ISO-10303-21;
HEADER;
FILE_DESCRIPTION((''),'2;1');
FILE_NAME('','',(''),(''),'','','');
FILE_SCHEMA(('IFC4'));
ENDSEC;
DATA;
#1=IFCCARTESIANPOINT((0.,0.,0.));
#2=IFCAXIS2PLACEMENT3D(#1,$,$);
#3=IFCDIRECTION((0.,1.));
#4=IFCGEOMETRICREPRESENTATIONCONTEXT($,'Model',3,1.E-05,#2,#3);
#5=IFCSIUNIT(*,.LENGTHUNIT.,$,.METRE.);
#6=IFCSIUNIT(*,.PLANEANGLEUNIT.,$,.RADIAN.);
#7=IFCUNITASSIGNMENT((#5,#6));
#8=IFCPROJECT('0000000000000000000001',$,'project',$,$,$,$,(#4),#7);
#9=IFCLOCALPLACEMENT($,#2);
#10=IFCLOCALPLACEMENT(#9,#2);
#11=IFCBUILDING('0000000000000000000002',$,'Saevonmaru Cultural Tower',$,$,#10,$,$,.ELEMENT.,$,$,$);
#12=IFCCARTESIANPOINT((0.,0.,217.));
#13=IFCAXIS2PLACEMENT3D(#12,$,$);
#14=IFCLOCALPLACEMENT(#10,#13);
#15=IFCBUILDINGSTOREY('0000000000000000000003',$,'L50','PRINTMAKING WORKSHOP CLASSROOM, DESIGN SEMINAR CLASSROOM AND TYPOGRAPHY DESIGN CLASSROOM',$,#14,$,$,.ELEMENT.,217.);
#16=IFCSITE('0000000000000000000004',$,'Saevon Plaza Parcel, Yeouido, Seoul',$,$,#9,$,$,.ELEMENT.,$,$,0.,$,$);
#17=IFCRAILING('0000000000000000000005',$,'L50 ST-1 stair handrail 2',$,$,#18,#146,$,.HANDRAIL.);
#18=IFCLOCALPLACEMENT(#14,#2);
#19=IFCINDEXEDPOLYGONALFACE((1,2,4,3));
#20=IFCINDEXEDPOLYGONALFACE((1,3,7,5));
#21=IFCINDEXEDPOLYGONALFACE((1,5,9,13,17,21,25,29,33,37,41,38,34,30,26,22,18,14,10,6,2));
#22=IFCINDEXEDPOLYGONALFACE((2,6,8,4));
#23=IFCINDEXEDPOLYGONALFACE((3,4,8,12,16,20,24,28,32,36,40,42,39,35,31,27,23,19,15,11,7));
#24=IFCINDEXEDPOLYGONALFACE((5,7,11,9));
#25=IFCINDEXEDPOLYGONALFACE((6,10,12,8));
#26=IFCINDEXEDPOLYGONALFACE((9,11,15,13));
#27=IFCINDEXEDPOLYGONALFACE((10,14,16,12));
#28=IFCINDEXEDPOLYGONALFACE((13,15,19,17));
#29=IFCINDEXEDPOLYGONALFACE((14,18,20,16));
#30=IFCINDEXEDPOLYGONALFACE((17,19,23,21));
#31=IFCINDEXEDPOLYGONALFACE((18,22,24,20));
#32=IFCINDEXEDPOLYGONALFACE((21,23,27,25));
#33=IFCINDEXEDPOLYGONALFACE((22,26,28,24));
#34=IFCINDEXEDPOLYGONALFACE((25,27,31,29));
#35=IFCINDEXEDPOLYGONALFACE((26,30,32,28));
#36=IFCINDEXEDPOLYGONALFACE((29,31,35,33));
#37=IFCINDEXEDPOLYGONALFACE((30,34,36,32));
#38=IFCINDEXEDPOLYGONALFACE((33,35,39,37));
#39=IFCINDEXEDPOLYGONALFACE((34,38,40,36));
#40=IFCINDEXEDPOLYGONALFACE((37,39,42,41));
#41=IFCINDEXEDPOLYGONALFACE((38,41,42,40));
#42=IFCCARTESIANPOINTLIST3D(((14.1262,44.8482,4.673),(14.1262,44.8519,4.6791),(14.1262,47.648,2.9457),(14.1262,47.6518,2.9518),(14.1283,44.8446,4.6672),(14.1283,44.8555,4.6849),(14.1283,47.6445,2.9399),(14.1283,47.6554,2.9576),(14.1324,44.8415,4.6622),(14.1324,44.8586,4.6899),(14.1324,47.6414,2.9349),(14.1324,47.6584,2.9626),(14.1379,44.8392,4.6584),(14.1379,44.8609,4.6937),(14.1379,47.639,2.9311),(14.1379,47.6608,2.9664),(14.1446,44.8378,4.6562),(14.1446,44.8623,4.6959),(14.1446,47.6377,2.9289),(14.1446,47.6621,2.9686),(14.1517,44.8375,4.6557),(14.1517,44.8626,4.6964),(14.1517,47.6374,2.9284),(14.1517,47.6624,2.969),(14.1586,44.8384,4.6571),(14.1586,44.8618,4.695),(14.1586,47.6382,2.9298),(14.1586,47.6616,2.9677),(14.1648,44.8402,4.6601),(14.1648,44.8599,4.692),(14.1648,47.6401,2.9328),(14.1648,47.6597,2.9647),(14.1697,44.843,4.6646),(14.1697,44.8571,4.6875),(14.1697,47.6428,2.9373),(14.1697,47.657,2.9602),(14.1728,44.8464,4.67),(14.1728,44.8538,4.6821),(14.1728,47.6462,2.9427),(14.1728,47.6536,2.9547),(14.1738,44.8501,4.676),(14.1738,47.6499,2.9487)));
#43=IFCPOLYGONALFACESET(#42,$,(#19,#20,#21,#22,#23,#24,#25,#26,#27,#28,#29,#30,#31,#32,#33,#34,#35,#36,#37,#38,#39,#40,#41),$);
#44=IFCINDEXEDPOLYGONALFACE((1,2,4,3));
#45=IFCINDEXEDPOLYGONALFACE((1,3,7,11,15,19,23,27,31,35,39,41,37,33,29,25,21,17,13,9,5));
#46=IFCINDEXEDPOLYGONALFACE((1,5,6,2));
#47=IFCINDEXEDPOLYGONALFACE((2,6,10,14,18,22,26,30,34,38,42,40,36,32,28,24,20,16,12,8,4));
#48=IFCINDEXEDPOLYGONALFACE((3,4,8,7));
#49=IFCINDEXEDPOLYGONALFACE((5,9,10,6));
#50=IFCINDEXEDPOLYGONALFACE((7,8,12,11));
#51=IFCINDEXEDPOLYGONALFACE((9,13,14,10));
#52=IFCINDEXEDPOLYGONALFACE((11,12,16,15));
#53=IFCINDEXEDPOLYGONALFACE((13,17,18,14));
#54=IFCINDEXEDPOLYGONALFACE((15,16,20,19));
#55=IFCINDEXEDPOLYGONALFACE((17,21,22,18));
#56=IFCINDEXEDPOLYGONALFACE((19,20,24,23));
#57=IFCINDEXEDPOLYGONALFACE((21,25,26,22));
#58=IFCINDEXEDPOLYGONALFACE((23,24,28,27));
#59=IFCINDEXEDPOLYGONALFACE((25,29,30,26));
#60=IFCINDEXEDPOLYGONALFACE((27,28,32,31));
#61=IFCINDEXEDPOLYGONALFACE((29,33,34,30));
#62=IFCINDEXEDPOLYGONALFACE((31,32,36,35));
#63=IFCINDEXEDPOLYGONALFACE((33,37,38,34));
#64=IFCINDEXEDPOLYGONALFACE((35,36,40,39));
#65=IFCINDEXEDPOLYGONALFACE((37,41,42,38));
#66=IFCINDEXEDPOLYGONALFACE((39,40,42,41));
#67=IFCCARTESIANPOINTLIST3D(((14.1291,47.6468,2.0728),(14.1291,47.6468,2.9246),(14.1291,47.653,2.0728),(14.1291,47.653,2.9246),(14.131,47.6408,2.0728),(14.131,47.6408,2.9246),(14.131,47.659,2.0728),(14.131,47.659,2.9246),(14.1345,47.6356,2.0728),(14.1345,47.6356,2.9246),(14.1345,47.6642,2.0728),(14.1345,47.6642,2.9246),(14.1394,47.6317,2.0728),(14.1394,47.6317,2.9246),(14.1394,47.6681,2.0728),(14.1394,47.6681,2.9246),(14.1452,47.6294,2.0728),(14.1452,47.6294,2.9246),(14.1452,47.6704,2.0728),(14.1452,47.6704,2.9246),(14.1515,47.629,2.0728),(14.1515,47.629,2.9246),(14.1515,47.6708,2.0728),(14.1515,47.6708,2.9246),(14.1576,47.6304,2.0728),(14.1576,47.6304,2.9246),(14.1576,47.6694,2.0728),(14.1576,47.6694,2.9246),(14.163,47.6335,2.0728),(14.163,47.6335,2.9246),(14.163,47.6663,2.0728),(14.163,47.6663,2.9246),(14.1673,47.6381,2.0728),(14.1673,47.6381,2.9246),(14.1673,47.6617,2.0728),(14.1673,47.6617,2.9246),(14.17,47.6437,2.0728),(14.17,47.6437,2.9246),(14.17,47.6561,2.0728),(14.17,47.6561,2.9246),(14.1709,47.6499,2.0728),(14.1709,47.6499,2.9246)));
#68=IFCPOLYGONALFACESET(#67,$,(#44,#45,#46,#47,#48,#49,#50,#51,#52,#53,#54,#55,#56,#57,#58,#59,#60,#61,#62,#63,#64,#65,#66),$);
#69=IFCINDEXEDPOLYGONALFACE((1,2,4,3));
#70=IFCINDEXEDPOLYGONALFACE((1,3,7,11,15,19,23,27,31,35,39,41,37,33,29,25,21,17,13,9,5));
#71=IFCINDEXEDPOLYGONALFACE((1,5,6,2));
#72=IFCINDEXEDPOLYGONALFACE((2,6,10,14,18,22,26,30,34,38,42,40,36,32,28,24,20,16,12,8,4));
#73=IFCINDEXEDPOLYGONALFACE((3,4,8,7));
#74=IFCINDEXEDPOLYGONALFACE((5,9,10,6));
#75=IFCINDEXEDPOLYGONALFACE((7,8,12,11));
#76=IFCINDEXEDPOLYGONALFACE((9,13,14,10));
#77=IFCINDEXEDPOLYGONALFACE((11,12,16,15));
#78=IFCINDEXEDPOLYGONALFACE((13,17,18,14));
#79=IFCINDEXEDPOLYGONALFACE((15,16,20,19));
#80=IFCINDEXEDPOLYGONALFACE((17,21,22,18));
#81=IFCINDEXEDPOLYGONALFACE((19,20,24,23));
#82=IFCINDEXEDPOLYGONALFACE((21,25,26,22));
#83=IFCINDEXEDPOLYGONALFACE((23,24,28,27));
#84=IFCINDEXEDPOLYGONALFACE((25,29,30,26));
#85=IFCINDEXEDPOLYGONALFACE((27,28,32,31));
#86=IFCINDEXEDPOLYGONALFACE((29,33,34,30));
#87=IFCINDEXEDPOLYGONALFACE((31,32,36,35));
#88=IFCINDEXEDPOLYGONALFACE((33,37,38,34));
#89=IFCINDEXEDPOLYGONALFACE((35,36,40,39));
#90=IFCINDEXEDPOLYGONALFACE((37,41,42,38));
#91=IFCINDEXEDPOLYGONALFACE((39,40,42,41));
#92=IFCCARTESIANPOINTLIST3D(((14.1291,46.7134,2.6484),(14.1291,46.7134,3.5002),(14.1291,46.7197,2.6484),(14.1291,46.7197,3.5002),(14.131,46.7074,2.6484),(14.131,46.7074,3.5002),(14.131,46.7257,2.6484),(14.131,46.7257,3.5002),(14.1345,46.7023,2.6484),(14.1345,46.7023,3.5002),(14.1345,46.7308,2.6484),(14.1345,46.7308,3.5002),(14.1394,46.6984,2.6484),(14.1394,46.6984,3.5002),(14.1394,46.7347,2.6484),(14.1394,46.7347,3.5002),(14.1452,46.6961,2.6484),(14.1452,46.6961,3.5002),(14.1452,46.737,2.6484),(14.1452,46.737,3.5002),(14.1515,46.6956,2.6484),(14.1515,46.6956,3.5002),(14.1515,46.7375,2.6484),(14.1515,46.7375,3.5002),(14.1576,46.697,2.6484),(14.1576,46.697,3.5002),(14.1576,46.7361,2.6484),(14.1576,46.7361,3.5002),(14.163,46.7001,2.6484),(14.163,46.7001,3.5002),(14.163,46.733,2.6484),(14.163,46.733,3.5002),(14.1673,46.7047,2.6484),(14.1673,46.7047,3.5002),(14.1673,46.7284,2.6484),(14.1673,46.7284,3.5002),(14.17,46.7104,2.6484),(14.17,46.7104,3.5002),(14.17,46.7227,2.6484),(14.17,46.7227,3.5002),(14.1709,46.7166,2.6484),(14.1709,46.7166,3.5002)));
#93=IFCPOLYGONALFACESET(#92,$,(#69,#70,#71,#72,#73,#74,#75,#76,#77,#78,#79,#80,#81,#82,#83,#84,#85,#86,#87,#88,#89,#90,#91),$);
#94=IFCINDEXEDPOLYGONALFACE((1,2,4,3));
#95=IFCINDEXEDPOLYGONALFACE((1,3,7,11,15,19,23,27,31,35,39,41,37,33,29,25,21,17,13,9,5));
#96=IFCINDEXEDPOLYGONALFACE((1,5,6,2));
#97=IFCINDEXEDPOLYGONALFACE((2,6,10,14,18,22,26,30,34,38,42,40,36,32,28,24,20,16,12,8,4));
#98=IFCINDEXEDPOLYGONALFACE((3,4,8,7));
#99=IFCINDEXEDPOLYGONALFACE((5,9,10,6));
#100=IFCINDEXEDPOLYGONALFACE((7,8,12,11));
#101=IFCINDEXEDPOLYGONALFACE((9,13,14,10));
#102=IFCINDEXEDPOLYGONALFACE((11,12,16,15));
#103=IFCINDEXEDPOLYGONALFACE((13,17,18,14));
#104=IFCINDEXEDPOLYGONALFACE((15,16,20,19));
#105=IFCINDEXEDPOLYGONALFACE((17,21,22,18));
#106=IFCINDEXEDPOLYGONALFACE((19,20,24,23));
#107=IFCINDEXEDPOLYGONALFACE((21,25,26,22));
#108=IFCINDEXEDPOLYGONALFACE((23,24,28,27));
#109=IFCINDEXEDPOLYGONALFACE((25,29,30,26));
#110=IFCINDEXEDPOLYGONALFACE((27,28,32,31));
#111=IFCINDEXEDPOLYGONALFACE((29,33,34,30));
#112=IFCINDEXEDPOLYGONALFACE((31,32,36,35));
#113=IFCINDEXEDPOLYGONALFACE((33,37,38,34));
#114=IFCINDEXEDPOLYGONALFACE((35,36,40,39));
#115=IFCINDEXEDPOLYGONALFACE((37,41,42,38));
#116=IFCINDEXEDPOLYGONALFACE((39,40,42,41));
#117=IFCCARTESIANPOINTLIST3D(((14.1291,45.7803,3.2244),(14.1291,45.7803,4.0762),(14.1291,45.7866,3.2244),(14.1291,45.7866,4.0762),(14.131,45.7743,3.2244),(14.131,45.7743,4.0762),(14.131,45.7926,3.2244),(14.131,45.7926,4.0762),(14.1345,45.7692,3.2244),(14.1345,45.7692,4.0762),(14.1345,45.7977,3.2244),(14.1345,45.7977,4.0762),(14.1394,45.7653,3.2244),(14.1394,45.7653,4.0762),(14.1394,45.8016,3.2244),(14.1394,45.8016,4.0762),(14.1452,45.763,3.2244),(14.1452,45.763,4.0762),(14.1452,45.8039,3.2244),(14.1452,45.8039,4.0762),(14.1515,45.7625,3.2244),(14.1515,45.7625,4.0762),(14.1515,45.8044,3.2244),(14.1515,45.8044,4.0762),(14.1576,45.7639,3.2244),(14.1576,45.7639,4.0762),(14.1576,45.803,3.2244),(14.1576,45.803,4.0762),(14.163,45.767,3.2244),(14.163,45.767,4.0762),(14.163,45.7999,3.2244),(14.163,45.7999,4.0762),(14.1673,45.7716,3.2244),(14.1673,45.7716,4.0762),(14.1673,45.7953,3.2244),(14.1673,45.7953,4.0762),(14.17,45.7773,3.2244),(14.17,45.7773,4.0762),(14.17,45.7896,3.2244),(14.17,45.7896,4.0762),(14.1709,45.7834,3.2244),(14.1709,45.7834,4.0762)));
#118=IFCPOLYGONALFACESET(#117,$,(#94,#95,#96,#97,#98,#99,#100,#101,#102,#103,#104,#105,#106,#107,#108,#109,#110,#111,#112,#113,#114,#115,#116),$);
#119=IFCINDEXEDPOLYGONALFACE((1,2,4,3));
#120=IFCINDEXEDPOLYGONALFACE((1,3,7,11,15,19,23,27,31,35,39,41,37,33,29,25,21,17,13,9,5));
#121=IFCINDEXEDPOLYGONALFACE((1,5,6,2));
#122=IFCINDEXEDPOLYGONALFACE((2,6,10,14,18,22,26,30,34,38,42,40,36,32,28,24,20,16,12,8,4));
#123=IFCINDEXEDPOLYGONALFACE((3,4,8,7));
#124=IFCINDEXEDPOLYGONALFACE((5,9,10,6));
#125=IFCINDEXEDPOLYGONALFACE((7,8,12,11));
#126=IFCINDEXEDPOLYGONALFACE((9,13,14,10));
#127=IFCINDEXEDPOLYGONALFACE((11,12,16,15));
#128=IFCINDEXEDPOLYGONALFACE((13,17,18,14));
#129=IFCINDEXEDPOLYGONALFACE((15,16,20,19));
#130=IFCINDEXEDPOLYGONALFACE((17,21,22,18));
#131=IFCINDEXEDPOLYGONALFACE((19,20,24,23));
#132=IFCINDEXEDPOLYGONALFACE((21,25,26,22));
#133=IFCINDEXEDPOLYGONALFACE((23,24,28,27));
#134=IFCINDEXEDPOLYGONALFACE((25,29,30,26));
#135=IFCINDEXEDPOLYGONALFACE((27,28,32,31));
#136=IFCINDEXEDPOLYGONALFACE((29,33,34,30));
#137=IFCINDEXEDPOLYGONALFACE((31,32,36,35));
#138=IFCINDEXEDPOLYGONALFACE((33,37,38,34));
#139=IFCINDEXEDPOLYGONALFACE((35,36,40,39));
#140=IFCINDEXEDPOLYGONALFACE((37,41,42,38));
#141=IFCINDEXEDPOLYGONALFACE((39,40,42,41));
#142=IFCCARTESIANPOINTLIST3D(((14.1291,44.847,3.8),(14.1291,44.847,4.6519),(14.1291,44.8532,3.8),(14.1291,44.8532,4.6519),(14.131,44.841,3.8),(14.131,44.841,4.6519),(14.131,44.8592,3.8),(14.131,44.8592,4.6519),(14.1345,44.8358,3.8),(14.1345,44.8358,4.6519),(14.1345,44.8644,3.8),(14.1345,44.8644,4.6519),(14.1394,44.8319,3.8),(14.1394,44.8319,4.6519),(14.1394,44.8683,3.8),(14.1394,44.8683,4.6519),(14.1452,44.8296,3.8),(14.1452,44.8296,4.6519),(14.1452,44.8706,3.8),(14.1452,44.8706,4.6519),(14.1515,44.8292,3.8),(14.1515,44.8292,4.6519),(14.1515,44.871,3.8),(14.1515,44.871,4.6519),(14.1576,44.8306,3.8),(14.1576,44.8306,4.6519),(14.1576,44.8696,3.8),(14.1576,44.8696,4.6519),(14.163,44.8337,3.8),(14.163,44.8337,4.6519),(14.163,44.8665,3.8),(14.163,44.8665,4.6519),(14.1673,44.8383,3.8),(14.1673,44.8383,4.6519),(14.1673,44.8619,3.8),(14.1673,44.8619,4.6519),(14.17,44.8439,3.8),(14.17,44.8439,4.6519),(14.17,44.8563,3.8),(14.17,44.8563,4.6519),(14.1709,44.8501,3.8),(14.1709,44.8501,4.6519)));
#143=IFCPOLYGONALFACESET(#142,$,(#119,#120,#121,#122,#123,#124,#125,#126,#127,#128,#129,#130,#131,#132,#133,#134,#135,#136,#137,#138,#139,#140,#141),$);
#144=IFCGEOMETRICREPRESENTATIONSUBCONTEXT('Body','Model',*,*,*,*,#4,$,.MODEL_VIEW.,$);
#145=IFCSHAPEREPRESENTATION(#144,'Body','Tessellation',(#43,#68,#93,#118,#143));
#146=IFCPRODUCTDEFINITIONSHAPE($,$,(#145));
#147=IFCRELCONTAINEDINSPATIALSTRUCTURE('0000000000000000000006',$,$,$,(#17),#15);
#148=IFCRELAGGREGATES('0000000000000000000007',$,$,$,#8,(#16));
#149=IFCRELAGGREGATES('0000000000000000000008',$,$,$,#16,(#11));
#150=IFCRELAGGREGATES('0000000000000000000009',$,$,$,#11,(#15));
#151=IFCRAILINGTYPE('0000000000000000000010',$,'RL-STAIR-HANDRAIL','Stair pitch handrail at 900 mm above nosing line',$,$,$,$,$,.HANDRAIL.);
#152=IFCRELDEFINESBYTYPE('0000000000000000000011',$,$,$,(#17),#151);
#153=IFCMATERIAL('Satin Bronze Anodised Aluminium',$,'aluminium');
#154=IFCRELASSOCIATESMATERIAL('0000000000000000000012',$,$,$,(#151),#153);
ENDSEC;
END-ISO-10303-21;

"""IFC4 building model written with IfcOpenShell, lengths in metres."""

from ifc_helpers import new_model, si_unit, direction, frame, origin, origin_2d, place, context, subcontext, project, spatial, circle, extrude, material, type_object, element, save


model = new_model("IFC4")

# Units and contexts
model_context = context("Model", 3, precision=1e-05, world=origin(), true_north=direction((0.0, 1.0)))
body_context = subcontext(model_context, "Body", "Model", "MODEL_VIEW")
ifc_project = project(units=[si_unit("LENGTHUNIT", "METRE"), si_unit("PLANEANGLEUNIT", "RADIAN")], contexts=[model_context])

# Site, building, storey
site_placement = place(None, origin())
site = spatial("IfcSite", under=ifc_project, at=site_placement, Name="Saevon Plaza Parcel, Yeouido, Seoul", CompositionType="ELEMENT", RefElevation=0.0)
building_placement = place(site_placement, origin())
building = spatial("IfcBuilding", under=site, at=building_placement, Name="Saevonmaru Cultural Tower", CompositionType="ELEMENT")
storey_placement = place(building_placement, frame((0.0, 0.0, 217.0)))
storey = spatial("IfcBuildingStorey", under=building, at=storey_placement, Name="L50", Description="PRINTMAKING WORKSHOP CLASSROOM, DESIGN SEMINAR CLASSROOM AND TYPOGRAPHY DESIGN CLASSROOM", CompositionType="ELEMENT", Elevation=217.0)

# Shared definitions
ifc_material_1 = material(Name="Satin Bronze Anodised Aluminium", Category="aluminium")

# Railing
railing_type_1 = type_object("IfcRailingType", Name="RL-STAIR-HANDRAIL", Description="Stair pitch handrail at 900 mm above nosing line", PredefinedType="HANDRAIL", material=ifc_material_1)
railing_1_placement = place(storey_placement, frame((14.1499, 47.6499, 2.0728)))
element("IfcRailing", 1, at=railing_1_placement, inside=storey, type_object=railing_type_1, Name="L50 ST-1 stair handrail 2", PredefinedType="HANDRAIL", context=body_context, shape_type="SweptSolid", body=[
    extrude(circle(Radius=0.0239, at=origin_2d()), frame((0.0, 0.0, 0.876), z_axis=(0.0, -0.851069, 0.525054), x_axis=(1.0, 0.0, 0.0)), (0.0, 0.0, 1.0), 3.2898),
    extrude(circle(Radius=0.021, at=origin_2d()), origin(), (0.0, 0.0, 1.0), 0.8518),
    extrude(circle(Radius=0.021, at=origin_2d()), frame((0.0, -0.9333, 0.5757)), (0.0, 0.0, 1.0), 0.8518),
    extrude(circle(Radius=0.021, at=origin_2d()), frame((0.0, -1.8665, 1.1516)), (0.0, 0.0, 1.0), 0.8518),
    extrude(circle(Radius=0.021, at=origin_2d()), frame((0.0, -2.7998, 1.7273)), (0.0, 0.0, 1.0), 0.8518),
])

save(model, "model.ifc")
